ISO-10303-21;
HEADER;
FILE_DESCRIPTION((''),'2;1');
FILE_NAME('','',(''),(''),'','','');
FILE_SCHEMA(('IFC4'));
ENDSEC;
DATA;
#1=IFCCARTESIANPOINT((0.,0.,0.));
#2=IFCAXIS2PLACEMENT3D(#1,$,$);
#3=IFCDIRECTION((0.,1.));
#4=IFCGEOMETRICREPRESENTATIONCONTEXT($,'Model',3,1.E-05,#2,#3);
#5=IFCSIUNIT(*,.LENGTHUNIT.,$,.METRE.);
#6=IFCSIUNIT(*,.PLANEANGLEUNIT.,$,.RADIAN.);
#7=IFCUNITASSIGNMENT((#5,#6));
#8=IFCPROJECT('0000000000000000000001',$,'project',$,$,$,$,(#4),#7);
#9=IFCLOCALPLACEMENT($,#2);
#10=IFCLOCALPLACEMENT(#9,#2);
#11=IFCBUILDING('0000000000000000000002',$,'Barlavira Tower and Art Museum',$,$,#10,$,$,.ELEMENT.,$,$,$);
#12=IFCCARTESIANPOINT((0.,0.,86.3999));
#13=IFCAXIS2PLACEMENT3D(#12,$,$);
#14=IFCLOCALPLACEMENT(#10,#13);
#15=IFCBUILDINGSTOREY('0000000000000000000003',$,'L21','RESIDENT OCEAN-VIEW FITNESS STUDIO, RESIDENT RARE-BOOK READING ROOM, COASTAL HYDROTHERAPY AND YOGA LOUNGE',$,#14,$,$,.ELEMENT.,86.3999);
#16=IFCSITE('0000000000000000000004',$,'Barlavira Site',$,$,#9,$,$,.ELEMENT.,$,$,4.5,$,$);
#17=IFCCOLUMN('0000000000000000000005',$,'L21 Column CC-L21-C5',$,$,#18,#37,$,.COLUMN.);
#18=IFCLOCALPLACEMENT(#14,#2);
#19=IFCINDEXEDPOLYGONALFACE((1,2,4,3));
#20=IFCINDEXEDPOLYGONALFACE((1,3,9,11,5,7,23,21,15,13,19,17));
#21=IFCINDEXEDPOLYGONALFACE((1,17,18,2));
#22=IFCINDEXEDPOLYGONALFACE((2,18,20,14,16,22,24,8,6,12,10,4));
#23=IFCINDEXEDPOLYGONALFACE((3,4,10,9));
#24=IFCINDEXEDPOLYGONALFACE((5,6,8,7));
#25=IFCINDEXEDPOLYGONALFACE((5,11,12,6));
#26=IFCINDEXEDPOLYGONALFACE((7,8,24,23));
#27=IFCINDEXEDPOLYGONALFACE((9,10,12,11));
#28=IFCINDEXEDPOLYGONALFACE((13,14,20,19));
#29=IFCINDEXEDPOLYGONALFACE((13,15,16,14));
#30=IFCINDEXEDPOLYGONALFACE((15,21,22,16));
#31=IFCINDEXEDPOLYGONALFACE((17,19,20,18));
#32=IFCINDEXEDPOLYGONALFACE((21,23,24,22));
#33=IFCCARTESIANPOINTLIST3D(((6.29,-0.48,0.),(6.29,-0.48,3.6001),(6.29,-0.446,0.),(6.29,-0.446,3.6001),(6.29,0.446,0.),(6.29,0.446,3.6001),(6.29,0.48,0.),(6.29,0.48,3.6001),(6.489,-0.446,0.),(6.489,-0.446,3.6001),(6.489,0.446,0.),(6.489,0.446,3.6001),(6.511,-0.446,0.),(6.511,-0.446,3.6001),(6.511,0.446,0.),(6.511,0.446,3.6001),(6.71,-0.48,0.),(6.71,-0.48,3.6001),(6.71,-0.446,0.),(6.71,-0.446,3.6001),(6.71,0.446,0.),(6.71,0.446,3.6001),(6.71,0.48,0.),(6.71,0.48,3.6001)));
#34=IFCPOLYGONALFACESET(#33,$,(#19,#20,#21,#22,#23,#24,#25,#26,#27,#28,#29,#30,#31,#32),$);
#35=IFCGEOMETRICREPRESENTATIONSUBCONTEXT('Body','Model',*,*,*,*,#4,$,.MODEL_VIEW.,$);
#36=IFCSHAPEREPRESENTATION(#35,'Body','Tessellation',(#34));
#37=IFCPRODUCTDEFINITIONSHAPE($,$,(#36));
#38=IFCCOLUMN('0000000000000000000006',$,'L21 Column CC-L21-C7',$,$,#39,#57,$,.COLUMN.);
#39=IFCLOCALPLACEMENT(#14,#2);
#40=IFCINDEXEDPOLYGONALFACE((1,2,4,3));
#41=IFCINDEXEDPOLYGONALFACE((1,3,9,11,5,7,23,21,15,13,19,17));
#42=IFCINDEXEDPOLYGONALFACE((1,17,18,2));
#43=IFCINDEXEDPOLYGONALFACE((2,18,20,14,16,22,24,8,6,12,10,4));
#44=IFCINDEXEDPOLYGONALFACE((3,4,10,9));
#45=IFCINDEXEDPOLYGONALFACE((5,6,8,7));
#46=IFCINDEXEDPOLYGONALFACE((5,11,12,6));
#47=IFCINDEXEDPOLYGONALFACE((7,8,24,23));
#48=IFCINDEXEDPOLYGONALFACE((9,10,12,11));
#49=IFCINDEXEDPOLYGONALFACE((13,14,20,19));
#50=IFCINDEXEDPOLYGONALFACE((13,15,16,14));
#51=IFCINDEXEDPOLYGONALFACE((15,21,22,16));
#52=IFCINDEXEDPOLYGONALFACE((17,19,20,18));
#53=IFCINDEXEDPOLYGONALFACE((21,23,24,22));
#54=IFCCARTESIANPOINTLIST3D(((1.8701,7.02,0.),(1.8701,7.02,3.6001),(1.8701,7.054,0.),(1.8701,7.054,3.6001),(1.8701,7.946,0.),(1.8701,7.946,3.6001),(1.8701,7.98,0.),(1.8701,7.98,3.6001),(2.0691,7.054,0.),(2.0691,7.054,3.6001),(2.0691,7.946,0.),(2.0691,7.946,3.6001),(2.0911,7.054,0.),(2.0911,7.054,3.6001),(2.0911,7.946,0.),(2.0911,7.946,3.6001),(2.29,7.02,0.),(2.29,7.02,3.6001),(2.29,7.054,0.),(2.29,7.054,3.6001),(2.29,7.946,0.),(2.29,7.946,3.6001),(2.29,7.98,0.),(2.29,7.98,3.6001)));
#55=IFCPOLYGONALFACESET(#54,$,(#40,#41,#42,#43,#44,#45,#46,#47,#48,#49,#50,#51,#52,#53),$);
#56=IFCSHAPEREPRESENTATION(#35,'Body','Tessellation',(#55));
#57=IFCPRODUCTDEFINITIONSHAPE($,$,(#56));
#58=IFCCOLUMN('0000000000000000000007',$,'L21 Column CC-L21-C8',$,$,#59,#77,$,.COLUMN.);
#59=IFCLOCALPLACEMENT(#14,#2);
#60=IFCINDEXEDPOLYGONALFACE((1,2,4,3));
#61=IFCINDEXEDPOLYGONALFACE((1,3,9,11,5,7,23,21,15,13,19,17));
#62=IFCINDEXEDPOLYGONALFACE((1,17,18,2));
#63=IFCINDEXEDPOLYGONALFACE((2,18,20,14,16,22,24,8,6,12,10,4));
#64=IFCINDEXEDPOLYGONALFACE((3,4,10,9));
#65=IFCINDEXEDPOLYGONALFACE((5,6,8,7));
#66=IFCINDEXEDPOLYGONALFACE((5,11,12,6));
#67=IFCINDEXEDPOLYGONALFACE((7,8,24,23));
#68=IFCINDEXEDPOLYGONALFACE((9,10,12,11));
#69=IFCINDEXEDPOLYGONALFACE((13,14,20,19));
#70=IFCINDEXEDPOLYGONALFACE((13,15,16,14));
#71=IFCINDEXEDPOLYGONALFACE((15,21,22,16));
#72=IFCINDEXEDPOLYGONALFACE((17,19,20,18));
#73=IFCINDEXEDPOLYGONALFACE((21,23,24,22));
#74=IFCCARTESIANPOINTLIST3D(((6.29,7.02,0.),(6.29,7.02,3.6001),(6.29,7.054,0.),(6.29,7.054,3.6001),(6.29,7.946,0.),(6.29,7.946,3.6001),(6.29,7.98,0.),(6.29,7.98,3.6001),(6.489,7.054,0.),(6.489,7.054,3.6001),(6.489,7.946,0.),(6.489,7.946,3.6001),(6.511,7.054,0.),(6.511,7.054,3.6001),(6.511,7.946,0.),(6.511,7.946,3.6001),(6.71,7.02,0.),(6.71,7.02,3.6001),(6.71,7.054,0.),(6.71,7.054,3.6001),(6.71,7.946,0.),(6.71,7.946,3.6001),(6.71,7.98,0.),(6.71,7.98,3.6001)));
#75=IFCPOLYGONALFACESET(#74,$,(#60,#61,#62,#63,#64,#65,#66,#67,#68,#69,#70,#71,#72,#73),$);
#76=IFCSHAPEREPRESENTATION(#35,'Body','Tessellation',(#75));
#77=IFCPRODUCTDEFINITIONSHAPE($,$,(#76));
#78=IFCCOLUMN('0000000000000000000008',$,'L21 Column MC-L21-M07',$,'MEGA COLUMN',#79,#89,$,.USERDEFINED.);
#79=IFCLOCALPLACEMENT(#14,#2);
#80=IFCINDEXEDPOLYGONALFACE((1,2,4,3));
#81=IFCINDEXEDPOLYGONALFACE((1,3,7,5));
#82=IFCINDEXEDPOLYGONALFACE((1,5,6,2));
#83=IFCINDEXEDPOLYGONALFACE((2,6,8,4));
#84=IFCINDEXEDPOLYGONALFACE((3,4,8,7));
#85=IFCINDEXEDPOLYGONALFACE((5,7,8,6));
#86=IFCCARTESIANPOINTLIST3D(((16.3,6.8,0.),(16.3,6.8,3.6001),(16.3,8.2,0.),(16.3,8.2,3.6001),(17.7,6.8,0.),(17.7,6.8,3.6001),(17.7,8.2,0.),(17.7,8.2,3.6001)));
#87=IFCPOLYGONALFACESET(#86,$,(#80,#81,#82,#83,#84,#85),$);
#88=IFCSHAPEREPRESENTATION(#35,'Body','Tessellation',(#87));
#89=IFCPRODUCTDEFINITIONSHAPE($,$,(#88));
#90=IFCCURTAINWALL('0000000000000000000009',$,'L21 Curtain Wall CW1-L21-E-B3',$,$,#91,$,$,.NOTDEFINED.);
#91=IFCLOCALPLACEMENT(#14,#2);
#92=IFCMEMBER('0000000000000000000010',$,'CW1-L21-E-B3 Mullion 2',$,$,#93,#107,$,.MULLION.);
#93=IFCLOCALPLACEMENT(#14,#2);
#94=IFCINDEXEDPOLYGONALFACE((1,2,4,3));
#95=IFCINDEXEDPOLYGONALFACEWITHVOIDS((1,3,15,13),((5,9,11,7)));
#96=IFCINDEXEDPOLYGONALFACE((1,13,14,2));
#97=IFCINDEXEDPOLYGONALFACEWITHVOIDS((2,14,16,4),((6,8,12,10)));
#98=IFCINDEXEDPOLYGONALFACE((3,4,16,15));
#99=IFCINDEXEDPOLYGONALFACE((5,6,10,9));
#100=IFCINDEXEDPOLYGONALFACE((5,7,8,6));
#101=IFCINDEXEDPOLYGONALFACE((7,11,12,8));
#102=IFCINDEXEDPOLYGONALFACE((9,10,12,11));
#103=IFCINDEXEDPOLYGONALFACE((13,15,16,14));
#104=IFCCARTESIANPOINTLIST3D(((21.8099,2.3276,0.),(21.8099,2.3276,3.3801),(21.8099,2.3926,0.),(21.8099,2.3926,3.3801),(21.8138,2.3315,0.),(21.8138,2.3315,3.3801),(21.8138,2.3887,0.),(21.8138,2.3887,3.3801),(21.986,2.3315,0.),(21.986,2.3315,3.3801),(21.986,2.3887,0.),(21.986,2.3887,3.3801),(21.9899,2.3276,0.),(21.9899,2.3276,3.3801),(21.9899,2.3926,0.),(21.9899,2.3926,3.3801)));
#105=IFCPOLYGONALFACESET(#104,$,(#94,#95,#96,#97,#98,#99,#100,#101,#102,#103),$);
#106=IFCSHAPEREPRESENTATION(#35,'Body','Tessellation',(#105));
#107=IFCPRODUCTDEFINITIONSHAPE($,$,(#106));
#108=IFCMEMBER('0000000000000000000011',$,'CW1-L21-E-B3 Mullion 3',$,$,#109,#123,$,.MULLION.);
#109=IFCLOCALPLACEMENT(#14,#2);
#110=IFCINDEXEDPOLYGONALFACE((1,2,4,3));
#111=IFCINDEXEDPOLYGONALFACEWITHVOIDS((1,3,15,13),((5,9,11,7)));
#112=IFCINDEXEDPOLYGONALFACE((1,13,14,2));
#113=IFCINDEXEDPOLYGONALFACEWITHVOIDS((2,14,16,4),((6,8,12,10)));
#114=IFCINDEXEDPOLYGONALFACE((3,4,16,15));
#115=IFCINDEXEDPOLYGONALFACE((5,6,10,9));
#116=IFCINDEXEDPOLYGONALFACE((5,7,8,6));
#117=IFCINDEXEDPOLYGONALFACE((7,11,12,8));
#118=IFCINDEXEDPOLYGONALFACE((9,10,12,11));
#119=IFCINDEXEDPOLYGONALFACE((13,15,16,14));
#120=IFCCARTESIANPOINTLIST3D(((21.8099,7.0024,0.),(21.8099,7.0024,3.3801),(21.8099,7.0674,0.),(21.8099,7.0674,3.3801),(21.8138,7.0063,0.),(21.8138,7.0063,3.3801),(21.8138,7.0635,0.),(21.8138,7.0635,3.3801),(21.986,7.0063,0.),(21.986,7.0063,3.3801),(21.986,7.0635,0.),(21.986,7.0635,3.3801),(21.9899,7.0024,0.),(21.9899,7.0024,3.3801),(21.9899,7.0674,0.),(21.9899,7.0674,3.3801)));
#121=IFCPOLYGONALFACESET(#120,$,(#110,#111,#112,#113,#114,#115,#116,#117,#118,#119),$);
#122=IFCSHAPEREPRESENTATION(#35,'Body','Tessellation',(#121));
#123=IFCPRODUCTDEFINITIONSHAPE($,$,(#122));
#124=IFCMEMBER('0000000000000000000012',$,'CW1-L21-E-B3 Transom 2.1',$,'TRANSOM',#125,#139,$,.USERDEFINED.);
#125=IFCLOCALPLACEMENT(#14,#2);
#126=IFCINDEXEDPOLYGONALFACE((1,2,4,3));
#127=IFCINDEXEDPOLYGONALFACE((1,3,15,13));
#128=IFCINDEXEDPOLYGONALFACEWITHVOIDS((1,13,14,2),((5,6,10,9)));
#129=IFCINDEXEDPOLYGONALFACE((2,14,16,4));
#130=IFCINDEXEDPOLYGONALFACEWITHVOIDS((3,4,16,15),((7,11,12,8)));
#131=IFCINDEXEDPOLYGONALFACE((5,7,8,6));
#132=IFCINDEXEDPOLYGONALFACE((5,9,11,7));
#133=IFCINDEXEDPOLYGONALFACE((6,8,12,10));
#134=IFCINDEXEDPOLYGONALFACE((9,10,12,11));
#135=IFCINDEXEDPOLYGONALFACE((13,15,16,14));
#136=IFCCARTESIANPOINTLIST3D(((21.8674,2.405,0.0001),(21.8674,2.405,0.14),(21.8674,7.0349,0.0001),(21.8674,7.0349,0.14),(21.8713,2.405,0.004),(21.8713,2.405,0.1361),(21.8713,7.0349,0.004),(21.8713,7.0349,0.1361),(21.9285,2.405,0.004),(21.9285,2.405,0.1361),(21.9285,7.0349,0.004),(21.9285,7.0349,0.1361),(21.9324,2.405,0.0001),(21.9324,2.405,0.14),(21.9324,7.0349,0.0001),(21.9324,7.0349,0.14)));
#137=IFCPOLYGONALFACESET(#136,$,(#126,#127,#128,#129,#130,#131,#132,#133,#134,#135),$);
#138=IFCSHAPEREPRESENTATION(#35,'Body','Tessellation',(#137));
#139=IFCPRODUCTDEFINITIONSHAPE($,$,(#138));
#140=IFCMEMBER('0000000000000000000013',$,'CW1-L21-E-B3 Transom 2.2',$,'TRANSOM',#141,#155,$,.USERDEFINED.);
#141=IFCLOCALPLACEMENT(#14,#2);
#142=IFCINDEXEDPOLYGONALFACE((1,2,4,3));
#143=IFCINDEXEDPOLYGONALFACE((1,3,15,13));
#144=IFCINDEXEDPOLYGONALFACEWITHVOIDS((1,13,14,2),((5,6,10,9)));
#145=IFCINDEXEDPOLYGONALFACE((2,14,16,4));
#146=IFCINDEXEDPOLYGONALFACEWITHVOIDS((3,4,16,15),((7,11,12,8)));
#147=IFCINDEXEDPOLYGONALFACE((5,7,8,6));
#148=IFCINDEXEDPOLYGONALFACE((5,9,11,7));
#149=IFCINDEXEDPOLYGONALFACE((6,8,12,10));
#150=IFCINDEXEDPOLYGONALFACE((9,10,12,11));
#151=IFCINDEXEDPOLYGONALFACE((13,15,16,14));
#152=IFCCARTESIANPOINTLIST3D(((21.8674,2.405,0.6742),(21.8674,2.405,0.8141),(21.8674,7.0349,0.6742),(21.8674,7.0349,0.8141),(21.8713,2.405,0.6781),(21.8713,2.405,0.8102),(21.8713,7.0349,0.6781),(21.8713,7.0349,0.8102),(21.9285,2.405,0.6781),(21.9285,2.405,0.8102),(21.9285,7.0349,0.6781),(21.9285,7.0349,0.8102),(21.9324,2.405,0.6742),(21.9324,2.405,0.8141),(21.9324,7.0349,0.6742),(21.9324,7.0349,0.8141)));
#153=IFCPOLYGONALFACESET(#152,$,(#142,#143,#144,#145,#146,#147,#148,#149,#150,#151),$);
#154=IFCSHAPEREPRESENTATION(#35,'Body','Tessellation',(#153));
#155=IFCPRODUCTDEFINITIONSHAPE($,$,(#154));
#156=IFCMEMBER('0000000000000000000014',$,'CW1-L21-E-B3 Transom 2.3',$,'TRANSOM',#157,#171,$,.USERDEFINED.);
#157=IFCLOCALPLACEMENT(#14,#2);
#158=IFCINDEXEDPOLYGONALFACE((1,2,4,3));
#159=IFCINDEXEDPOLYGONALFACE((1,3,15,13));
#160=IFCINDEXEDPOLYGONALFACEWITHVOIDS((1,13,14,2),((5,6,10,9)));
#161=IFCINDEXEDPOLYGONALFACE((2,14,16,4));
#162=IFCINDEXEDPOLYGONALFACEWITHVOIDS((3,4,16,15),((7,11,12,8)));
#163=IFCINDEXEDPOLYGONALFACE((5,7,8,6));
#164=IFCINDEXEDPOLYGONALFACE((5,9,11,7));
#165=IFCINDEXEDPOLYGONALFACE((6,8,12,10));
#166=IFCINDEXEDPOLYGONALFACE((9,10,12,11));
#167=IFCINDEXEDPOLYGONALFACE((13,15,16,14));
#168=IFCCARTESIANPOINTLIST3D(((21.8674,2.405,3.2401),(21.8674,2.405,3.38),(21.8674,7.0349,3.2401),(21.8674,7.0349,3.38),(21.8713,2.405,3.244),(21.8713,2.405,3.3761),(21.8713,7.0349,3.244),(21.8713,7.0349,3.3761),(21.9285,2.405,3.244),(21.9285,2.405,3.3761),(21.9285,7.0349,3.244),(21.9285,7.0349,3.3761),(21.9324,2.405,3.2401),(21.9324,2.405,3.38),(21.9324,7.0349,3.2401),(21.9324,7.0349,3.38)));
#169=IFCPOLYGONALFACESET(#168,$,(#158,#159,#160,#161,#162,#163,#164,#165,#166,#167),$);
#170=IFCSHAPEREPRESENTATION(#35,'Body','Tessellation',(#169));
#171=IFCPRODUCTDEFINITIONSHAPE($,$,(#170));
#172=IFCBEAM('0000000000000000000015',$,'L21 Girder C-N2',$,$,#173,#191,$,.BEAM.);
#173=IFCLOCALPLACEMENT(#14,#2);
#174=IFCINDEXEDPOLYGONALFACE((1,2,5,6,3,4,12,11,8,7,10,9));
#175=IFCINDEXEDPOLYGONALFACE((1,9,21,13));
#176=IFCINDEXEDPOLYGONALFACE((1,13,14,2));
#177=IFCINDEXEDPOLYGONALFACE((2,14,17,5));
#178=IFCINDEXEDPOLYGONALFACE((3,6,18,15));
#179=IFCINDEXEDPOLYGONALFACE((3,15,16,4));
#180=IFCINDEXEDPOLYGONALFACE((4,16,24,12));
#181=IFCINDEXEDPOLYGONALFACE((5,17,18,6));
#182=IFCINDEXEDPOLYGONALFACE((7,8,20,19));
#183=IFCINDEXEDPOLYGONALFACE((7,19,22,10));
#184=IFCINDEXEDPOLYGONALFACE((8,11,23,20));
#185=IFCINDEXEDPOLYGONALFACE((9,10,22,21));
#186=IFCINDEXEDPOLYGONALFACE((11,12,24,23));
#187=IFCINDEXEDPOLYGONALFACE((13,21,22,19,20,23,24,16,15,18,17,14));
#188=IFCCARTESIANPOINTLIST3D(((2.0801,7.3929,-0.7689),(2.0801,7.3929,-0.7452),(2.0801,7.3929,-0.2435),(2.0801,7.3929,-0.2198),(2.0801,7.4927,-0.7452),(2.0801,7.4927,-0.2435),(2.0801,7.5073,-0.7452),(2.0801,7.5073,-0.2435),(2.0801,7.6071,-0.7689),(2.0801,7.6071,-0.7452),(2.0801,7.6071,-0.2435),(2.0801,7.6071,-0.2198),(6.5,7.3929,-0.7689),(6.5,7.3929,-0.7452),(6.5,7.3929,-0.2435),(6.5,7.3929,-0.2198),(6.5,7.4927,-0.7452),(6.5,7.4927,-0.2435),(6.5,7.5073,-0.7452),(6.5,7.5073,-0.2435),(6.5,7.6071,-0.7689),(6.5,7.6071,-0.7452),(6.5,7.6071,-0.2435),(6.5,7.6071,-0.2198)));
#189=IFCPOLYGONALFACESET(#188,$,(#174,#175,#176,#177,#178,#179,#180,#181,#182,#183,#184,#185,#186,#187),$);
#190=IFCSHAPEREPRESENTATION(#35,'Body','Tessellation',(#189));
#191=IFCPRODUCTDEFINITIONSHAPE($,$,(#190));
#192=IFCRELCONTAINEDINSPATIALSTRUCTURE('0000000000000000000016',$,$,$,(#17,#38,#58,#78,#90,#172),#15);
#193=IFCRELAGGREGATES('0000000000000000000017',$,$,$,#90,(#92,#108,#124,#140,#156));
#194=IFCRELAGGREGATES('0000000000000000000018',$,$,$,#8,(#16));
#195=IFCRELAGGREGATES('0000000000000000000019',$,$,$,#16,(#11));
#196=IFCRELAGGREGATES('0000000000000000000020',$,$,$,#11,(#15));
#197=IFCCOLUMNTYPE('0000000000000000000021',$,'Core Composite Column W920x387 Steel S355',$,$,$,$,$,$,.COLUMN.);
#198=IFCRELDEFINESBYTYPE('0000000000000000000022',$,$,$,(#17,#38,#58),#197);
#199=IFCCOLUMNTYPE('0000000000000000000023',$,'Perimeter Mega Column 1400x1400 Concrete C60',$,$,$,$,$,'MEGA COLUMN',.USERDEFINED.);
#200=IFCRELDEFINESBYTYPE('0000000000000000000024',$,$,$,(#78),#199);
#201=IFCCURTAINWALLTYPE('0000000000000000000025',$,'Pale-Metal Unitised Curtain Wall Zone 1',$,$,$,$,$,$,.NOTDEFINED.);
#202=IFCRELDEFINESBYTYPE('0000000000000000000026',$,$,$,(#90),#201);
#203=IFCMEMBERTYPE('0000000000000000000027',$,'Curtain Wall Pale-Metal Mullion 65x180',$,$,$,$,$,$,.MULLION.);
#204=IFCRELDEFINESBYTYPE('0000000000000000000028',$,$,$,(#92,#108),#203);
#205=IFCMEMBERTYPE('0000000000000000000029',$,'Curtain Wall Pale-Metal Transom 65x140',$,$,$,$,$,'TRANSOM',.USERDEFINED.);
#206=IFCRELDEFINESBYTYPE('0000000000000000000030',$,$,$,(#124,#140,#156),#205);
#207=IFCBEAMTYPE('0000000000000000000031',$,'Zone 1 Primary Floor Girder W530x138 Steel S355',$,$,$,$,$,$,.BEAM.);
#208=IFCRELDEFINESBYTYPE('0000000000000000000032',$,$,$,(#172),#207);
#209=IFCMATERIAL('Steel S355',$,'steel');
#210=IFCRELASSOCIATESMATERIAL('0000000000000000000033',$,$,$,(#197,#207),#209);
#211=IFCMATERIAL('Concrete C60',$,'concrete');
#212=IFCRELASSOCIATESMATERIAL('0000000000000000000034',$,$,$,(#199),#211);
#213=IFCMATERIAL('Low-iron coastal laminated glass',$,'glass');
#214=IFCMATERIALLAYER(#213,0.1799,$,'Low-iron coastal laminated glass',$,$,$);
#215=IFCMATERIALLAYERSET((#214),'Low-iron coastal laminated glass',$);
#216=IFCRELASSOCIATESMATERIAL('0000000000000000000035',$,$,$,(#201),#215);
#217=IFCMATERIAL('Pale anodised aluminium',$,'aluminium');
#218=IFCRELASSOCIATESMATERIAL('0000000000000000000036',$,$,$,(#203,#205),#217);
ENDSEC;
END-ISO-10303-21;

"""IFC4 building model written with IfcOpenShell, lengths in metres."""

from ifc_helpers import new_model, si_unit, direction, frame, origin, origin_2d, place, context, subcontext, project, spatial, rectangle, hollow_rectangle, i_section, extrude, material, layer, layer_set, material_profile, profile_set, type_object, element, aggregate, save


model = new_model("IFC4")

# Units and contexts
model_context = context("Model", 3, precision=1e-05, world=origin(), true_north=direction((0.0, 1.0)))
body_context = subcontext(model_context, "Body", "Model", "MODEL_VIEW")
ifc_project = project(units=[si_unit("LENGTHUNIT", "METRE"), si_unit("PLANEANGLEUNIT", "RADIAN")], contexts=[model_context])

# Site, building, storey
site_placement = place(None, origin())
site = spatial("IfcSite", under=ifc_project, at=site_placement, Name="Barlavira Site", CompositionType="ELEMENT", RefElevation=4.5)
building_placement = place(site_placement, origin())
building = spatial("IfcBuilding", under=site, at=building_placement, Name="Barlavira Tower and Art Museum", CompositionType="ELEMENT")
storey_placement = place(building_placement, frame((0.0, 0.0, 86.3999)))
storey = spatial("IfcBuildingStorey", under=building, at=storey_placement, Name="L21", Description="RESIDENT OCEAN-VIEW FITNESS STUDIO, RESIDENT RARE-BOOK READING ROOM, COASTAL HYDROTHERAPY AND YOGA LOUNGE", CompositionType="ELEMENT", Elevation=86.3999)

# Columns
ifc_material_1 = material(Name="Steel S355", Category="steel")
ifc_material_profile_1 = material_profile(ifc_material_1, i_section(OverallWidth=0.4199, OverallDepth=0.96, WebThickness=0.022, FlangeThickness=0.0339, at=origin_2d()), Name="W920x387.0")
ifc_profile_set_1 = profile_set([ifc_material_profile_1], Name="Steel S355")
column_type_1 = type_object("IfcColumnType", Name="Core Composite Column W920x387 Steel S355", PredefinedType="COLUMN", material=ifc_profile_set_1)
for number, where, z_axis, x_axis, name in (
    (1, (6.5, 0.0, 0.0), (0.0, 0.0, 1.0), (1.0, 0.0, 0.0), "L21 Column CC-L21-C5"),
    (2, (2.0801, 7.5, 0.0), (0.0, 0.0, 1.0), (1.0, 0.0, 0.0), "L21 Column CC-L21-C7"),
    (3, (6.5, 7.5, 0.0), (0.0, 0.0, 1.0), (1.0, 0.0, 0.0), "L21 Column CC-L21-C8"),
):
    element("IfcColumn", number, at=place(storey_placement, frame(where, z_axis=z_axis, x_axis=x_axis)), inside=storey, type_object=column_type_1, Name=name, PredefinedType="COLUMN", context=body_context, shape_type="SweptSolid", body=[
        extrude(i_section(OverallWidth=0.4199, OverallDepth=0.96, WebThickness=0.022, FlangeThickness=0.0339, at=origin_2d()), origin(), (0.0, 0.0, 1.0), 3.6001),
    ])
ifc_material_2 = material(Name="Concrete C60", Category="concrete")
ifc_material_profile_2 = material_profile(ifc_material_2, rectangle(XDim=1.3999, YDim=1.3999, at=origin_2d()), Name="RC-MCOL 1400x1400")
ifc_profile_set_2 = profile_set([ifc_material_profile_2], Name="Concrete C60")
column_type_2 = type_object("IfcColumnType", Name="Perimeter Mega Column 1400x1400 Concrete C60", ElementType="MEGA COLUMN", PredefinedType="USERDEFINED", material=ifc_profile_set_2)
column_placement = place(storey_placement, frame((17.0, 7.5, 0.0), z_axis=(0.0, 0.0, 1.0), x_axis=(1.0, 0.0, 0.0)))
element("IfcColumn", 4, at=column_placement, inside=storey, type_object=column_type_2, Name="L21 Column MC-L21-M07", ObjectType="MEGA COLUMN", PredefinedType="USERDEFINED", context=body_context, shape_type="SweptSolid", body=[
    extrude(rectangle(XDim=1.3999, YDim=1.3999, at=origin_2d()), origin(), (0.0, 0.0, 1.0), 3.6001),
])

# Curtain wall, members
ifc_material_3 = material(Name="Low-iron coastal laminated glass", Category="glass")
ifc_layer_1 = layer(ifc_material_3, 0.1799, Name="Low-iron coastal laminated glass")
ifc_layer_set_1 = layer_set([ifc_layer_1], Name="Low-iron coastal laminated glass")
curtain_wall_type = type_object("IfcCurtainWallType", Name="Pale-Metal Unitised Curtain Wall Zone 1", PredefinedType="NOTDEFINED", material=ifc_layer_set_1)
curtain_wall_placement = place(storey_placement, origin())
curtain_wall = element("IfcCurtainWall", 5, at=curtain_wall_placement, inside=storey, type_object=curtain_wall_type, Name="L21 Curtain Wall CW1-L21-E-B3", PredefinedType="NOTDEFINED")
ifc_material_4 = material(Name="Pale anodised aluminium", Category="aluminium")
ifc_material_profile_3 = material_profile(ifc_material_4, hollow_rectangle(XDim=0.0649, YDim=0.1799, WallThickness=0.0039, at=origin_2d()), Name="ALU-MULL 65x180x4")
ifc_profile_set_3 = profile_set([ifc_material_profile_3], Name="Pale anodised aluminium")
member_type_1 = type_object("IfcMemberType", Name="Curtain Wall Pale-Metal Mullion 65x180", PredefinedType="MULLION", material=ifc_profile_set_3)
member_1_placement = place(storey_placement, frame((21.8999, 2.3601, 0.0), z_axis=(0.0, 0.0, 1.0), x_axis=(0.0, 1.0, 0.0)))
member_1 = element("IfcMember", 6, at=member_1_placement, type_object=member_type_1, Name="CW1-L21-E-B3 Mullion 2", PredefinedType="MULLION", context=body_context, shape_type="SweptSolid", body=[
    extrude(hollow_rectangle(XDim=0.0649, YDim=0.1799, WallThickness=0.0039, at=origin_2d()), origin(), (0.0, 0.0, 1.0), 3.3801),
])
member_2_placement = place(storey_placement, frame((21.8999, 7.0349, 0.0), z_axis=(0.0, 0.0, 1.0), x_axis=(0.0, 1.0, 0.0)))
member_2 = element("IfcMember", 7, at=member_2_placement, type_object=member_type_1, Name="CW1-L21-E-B3 Mullion 3", PredefinedType="MULLION", context=body_context, shape_type="SweptSolid", body=[
    extrude(hollow_rectangle(XDim=0.0649, YDim=0.1799, WallThickness=0.0039, at=origin_2d()), origin(), (0.0, 0.0, 1.0), 3.3801),
])
ifc_material_profile_4 = material_profile(ifc_material_4, hollow_rectangle(XDim=0.0649, YDim=0.1399, WallThickness=0.0039, at=origin_2d()), Name="ALU-TRAN 65x140x4")
ifc_profile_set_4 = profile_set([ifc_material_profile_4], Name="Pale anodised aluminium")
member_type_2 = type_object("IfcMemberType", Name="Curtain Wall Pale-Metal Transom 65x140", ElementType="TRANSOM", PredefinedType="USERDEFINED", material=ifc_profile_set_4)
member_3_placement = place(storey_placement, frame((21.8999, 2.405, 0.0701), z_axis=(0.0, 1.0, 0.0), x_axis=(-1.0, 0.0, 0.0)))
member_3 = element("IfcMember", 8, at=member_3_placement, type_object=member_type_2, Name="CW1-L21-E-B3 Transom 2.1", ObjectType="TRANSOM", PredefinedType="USERDEFINED", context=body_context, shape_type="SweptSolid", body=[
    extrude(hollow_rectangle(XDim=0.0649, YDim=0.1399, WallThickness=0.0039, at=origin_2d()), origin(), (0.0, 0.0, 1.0), 4.6299),
])
member_4_placement = place(storey_placement, frame((21.8999, 2.405, 0.7441), z_axis=(0.0, 1.0, 0.0), x_axis=(-1.0, 0.0, 0.0)))
member_4 = element("IfcMember", 9, at=member_4_placement, type_object=member_type_2, Name="CW1-L21-E-B3 Transom 2.2", ObjectType="TRANSOM", PredefinedType="USERDEFINED", context=body_context, shape_type="SweptSolid", body=[
    extrude(hollow_rectangle(XDim=0.0649, YDim=0.1399, WallThickness=0.0039, at=origin_2d()), origin(), (0.0, 0.0, 1.0), 4.6299),
])
member_5_placement = place(storey_placement, frame((21.8999, 2.405, 3.3101), z_axis=(0.0, 1.0, 0.0), x_axis=(-1.0, 0.0, 0.0)))
member_5 = element("IfcMember", 10, at=member_5_placement, type_object=member_type_2, Name="CW1-L21-E-B3 Transom 2.3", ObjectType="TRANSOM", PredefinedType="USERDEFINED", context=body_context, shape_type="SweptSolid", body=[
    extrude(hollow_rectangle(XDim=0.0649, YDim=0.1399, WallThickness=0.0039, at=origin_2d()), origin(), (0.0, 0.0, 1.0), 4.6299),
])

# Beam
ifc_material_profile_5 = material_profile(ifc_material_1, i_section(OverallWidth=0.2141, OverallDepth=0.5491, WebThickness=0.0146, FlangeThickness=0.0237, at=origin_2d()), Name="W530x138.0")
ifc_profile_set_5 = profile_set([ifc_material_profile_5], Name="Steel S355")
beam_type = type_object("IfcBeamType", Name="Zone 1 Primary Floor Girder W530x138 Steel S355", PredefinedType="BEAM", material=ifc_profile_set_5)
beam_1_placement = place(storey_placement, frame((2.0801, 7.5, -0.4944), z_axis=(1.0, 0.0, 0.0), x_axis=(0.0, 1.0, 0.0)))
element("IfcBeam", 11, at=beam_1_placement, inside=storey, type_object=beam_type, Name="L21 Girder C-N2", PredefinedType="BEAM", context=body_context, shape_type="SweptSolid", body=[
    extrude(i_section(OverallWidth=0.2141, OverallDepth=0.5491, WebThickness=0.0146, FlangeThickness=0.0237, at=origin_2d()), origin(), (0.0, 0.0, 1.0), 4.4199),
])

aggregate(curtain_wall, [member_1, member_2, member_3, member_4, member_5])

save(model, "model.ifc")
